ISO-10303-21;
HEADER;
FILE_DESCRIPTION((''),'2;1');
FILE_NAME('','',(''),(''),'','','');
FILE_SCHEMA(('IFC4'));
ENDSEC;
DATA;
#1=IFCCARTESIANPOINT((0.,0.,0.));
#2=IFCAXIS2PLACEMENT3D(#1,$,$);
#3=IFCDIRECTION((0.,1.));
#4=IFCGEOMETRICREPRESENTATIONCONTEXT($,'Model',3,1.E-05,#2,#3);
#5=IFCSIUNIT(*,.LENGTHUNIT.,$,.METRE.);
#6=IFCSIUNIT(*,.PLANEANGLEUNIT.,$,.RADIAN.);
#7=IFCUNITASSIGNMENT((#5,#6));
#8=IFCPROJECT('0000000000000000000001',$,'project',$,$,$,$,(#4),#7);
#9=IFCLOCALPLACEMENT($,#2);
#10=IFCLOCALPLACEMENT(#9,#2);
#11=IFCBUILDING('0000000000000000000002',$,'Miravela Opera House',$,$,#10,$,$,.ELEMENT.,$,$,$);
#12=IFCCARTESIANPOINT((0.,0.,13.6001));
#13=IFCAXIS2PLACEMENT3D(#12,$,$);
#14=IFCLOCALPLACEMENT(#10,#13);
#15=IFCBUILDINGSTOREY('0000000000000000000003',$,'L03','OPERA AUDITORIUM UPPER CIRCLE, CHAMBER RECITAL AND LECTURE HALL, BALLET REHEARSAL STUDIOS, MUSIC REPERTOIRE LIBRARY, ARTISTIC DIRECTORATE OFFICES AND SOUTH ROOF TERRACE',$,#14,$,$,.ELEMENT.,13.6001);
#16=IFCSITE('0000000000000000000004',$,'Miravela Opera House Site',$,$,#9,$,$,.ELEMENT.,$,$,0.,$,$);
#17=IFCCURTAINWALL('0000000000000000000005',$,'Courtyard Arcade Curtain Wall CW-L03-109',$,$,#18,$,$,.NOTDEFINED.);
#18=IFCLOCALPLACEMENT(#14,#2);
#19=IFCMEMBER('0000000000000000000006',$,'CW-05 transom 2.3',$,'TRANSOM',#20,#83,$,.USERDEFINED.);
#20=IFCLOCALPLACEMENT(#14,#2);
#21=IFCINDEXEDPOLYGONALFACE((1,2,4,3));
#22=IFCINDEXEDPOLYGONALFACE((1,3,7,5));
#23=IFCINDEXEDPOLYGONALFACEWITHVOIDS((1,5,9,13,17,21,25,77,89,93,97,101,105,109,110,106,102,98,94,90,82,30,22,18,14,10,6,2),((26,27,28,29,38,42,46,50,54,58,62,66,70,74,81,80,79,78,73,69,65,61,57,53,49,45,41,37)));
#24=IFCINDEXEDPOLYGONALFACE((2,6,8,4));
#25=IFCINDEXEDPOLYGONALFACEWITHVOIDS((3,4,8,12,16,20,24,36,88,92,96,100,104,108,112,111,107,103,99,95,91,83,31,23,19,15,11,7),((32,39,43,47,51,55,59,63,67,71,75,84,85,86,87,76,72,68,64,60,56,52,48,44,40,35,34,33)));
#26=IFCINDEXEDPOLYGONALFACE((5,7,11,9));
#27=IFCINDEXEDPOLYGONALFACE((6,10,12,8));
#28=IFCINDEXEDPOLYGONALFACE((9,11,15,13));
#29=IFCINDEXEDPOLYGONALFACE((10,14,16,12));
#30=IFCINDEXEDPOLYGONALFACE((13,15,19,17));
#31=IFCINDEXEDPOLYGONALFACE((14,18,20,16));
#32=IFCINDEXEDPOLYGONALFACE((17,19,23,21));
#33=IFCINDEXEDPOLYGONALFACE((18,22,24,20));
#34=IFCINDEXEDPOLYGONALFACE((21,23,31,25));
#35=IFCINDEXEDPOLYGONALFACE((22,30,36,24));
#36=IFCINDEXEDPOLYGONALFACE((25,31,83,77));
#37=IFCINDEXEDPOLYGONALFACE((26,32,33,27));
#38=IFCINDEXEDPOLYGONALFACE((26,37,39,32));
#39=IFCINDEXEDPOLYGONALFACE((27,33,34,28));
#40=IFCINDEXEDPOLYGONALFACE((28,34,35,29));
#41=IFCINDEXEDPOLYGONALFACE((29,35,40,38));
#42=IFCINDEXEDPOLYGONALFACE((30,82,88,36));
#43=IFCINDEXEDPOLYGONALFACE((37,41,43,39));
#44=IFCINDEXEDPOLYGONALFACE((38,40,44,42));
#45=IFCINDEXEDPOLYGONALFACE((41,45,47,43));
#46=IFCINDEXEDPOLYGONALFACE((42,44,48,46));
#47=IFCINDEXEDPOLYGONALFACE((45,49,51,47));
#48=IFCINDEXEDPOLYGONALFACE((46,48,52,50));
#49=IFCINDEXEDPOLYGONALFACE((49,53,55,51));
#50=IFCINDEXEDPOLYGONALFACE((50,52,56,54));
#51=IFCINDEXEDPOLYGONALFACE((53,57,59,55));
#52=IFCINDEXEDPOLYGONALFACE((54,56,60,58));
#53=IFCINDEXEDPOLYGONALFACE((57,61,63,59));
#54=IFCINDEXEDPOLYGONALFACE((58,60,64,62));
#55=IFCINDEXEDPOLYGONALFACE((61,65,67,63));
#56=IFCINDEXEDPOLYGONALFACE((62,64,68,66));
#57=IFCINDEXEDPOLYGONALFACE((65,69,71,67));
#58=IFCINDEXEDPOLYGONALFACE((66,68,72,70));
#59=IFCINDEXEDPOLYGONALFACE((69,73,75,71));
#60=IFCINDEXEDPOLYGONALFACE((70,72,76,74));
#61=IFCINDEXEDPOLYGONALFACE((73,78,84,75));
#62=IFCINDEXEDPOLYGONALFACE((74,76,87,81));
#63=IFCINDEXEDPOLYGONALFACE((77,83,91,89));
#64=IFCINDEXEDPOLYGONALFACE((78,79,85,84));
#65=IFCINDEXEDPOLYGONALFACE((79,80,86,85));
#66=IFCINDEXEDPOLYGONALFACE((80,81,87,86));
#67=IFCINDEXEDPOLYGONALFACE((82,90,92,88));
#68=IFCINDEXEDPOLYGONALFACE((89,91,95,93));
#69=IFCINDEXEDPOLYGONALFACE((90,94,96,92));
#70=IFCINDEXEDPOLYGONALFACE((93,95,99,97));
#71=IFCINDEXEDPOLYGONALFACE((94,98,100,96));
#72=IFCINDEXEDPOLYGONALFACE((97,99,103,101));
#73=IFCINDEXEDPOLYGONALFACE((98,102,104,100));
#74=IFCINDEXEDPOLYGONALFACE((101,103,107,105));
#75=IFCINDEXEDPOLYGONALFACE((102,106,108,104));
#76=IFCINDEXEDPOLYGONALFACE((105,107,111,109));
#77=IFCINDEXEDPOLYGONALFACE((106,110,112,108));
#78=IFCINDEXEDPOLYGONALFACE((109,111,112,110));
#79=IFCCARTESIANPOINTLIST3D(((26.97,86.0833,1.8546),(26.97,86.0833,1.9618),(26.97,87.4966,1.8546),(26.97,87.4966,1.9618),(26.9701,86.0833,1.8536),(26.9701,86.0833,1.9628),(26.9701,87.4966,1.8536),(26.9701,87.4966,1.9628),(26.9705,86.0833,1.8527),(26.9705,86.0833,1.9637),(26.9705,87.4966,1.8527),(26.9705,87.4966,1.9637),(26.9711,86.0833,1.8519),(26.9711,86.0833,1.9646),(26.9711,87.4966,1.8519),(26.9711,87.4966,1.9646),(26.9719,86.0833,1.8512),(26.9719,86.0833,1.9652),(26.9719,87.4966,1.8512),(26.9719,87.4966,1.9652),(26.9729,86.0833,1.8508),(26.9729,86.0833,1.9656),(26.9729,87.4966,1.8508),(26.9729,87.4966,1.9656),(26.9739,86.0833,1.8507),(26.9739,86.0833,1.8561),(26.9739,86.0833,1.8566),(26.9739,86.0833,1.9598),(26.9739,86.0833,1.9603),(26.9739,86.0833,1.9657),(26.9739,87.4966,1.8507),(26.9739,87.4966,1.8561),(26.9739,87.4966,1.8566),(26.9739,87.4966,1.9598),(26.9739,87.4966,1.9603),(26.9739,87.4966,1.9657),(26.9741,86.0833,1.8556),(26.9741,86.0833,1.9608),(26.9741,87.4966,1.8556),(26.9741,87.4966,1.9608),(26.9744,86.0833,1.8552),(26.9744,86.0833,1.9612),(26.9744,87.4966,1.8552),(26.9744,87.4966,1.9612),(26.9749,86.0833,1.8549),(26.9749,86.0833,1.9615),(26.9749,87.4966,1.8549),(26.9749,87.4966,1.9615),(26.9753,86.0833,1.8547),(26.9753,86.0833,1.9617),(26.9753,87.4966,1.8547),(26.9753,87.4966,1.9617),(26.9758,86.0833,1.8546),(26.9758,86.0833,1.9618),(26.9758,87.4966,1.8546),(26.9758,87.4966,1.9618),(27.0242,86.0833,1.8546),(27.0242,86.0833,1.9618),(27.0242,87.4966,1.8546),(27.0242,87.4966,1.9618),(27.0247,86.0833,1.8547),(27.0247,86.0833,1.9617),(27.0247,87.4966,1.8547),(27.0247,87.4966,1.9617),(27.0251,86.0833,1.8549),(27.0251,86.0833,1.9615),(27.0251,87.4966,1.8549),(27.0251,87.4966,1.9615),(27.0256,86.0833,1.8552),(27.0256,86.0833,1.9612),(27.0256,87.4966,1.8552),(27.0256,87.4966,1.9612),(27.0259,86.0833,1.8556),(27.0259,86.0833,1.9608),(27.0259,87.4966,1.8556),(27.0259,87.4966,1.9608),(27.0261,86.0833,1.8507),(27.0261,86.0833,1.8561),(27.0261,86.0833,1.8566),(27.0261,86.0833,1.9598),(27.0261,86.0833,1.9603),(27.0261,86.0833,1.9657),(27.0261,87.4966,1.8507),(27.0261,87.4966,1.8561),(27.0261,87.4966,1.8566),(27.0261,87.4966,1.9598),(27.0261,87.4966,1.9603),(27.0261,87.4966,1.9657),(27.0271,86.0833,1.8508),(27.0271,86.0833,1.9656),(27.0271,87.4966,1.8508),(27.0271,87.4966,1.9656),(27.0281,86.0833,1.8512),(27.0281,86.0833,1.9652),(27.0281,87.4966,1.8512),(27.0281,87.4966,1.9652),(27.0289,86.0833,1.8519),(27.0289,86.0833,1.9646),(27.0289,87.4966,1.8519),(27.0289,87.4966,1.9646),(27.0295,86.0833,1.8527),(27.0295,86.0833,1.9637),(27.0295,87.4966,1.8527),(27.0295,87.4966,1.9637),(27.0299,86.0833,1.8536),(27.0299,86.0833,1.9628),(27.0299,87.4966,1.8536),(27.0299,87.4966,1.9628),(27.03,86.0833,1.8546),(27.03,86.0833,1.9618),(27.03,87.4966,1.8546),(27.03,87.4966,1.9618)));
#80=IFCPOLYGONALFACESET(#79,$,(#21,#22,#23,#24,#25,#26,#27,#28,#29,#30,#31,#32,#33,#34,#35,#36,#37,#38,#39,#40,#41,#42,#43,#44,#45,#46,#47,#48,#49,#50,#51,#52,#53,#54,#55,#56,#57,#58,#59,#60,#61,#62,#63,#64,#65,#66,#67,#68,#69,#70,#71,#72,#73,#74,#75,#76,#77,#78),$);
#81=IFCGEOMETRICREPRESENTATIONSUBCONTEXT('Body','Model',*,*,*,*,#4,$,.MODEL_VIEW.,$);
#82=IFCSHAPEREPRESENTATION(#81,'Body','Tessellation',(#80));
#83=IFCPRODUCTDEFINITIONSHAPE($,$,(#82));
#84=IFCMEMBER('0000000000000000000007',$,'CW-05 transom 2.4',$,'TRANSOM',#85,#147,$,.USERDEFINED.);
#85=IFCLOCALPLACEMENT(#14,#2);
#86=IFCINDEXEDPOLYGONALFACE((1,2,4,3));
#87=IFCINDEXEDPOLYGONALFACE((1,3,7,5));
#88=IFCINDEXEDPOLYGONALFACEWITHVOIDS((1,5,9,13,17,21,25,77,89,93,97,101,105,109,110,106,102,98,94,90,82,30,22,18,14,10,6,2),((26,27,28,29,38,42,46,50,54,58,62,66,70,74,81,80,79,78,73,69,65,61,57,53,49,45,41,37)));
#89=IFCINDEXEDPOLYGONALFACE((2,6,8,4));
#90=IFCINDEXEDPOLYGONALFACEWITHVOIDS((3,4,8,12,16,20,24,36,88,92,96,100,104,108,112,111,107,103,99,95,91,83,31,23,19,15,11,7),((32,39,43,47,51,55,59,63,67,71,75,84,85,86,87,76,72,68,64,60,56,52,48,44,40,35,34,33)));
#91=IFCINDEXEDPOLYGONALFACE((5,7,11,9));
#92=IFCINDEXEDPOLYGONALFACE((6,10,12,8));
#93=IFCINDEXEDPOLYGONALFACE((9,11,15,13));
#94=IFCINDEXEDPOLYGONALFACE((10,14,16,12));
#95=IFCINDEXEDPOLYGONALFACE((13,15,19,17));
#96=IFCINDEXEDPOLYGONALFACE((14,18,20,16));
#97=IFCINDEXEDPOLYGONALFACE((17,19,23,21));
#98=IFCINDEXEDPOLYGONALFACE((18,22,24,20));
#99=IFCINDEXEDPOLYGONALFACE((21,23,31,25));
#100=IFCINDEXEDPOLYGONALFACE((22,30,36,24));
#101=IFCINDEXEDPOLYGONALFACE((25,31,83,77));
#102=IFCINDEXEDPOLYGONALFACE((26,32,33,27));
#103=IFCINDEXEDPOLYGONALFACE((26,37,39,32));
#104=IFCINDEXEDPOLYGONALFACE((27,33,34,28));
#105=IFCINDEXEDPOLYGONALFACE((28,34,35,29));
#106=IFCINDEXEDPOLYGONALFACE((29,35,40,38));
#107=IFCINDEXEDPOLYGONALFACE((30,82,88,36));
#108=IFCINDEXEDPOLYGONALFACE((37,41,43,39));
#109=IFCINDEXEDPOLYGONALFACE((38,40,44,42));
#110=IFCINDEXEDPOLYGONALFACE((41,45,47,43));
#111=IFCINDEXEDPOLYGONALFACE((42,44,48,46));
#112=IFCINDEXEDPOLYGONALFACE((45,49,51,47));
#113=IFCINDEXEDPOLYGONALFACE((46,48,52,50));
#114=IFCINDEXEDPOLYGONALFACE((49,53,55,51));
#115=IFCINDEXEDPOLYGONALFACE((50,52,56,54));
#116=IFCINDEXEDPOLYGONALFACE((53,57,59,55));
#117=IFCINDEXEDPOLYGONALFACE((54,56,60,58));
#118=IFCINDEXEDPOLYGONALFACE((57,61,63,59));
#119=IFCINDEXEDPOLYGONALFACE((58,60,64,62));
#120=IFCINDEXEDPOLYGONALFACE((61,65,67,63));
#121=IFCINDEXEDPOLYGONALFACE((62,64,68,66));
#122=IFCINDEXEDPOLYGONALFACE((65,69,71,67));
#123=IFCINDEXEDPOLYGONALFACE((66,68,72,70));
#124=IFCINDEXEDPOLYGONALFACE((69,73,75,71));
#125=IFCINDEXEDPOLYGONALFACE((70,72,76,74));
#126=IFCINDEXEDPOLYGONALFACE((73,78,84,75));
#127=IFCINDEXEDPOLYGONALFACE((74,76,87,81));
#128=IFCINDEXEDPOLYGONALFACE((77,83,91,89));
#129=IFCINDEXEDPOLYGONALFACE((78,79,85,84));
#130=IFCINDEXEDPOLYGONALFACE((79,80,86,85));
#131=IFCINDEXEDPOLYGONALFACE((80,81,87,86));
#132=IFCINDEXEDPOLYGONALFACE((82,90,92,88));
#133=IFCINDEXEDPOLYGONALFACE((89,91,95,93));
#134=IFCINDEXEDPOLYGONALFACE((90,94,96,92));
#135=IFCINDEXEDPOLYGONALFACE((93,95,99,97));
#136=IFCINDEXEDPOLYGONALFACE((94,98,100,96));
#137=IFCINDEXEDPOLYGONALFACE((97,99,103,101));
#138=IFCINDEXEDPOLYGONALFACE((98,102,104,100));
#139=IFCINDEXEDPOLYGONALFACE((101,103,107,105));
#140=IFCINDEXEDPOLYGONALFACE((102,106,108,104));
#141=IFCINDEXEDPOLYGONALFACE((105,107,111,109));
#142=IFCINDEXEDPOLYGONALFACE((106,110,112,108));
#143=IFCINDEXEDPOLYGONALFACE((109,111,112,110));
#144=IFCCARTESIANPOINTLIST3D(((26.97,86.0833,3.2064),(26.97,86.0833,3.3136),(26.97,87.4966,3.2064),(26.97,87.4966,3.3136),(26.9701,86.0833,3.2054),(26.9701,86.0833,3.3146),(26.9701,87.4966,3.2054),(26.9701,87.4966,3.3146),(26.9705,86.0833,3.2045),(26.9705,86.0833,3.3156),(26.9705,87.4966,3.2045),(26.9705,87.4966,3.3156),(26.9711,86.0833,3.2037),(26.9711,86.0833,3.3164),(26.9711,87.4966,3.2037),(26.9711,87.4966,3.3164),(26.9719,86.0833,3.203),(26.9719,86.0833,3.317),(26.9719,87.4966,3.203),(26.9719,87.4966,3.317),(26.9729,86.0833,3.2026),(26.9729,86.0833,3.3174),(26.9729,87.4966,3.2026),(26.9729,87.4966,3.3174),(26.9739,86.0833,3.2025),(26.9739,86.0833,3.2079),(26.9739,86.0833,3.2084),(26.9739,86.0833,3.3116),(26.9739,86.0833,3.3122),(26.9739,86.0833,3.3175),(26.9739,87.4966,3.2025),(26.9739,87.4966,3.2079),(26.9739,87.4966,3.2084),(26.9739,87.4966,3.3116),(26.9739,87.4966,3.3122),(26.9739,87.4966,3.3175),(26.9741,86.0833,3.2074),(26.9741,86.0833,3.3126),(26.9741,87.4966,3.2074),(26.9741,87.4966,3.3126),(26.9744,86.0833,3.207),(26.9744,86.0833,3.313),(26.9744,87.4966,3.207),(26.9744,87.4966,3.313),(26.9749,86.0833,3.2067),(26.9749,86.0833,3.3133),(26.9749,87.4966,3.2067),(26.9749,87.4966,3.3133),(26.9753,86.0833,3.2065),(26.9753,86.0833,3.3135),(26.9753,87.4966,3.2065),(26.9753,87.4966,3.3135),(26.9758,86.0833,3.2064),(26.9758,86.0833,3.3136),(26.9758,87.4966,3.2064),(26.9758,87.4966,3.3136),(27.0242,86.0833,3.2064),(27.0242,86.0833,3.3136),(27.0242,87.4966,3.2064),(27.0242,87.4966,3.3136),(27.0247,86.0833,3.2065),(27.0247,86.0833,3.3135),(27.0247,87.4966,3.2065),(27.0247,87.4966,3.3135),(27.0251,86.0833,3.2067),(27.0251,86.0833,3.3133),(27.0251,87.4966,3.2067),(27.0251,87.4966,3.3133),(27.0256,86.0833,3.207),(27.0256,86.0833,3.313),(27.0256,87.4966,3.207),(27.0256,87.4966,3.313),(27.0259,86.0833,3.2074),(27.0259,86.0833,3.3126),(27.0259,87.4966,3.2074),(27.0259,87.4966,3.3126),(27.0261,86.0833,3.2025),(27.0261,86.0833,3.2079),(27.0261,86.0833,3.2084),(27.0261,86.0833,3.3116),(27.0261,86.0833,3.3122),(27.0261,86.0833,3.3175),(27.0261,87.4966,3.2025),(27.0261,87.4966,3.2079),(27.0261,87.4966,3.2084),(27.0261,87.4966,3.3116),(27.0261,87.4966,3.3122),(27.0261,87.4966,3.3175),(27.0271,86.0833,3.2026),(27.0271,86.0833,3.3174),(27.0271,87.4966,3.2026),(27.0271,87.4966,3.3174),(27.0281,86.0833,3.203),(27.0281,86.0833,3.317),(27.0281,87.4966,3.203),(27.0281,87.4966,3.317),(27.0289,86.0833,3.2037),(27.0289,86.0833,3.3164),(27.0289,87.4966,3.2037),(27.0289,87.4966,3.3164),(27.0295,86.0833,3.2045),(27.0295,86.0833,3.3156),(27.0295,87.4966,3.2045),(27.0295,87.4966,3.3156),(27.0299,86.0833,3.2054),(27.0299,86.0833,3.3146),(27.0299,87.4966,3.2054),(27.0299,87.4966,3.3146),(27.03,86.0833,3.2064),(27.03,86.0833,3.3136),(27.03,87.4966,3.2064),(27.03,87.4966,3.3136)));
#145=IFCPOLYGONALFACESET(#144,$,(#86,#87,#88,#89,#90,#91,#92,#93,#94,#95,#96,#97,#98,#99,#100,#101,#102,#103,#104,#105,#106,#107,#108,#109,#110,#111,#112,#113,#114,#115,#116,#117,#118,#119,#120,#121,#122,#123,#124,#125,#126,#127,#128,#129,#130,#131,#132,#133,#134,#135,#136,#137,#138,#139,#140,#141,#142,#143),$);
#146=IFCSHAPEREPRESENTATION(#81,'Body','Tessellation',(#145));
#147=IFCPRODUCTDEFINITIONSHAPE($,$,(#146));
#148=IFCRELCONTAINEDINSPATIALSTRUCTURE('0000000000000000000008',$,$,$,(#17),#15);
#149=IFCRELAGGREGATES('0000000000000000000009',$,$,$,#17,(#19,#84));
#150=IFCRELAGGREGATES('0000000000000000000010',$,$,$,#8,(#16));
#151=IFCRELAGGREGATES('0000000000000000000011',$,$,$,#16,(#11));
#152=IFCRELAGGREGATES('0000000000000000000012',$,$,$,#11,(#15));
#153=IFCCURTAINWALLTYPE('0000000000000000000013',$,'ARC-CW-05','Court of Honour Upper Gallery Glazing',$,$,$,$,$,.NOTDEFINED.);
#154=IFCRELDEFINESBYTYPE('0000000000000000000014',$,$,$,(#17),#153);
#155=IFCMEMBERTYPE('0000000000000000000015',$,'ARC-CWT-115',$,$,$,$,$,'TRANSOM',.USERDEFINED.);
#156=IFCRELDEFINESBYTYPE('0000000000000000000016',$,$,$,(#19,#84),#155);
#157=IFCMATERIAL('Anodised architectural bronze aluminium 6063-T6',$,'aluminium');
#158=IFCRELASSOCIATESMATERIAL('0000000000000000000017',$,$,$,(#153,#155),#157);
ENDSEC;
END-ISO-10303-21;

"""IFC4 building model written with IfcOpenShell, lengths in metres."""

from ifc_helpers import new_model, si_unit, direction, frame, origin, origin_2d, place, context, subcontext, project, spatial, hollow_rectangle, extrude, material, material_profile, profile_set, type_object, element, aggregate, save


model = new_model("IFC4")

# Units and contexts
model_context = context("Model", 3, precision=1e-05, world=origin(), true_north=direction((0.0, 1.0)))
body_context = subcontext(model_context, "Body", "Model", "MODEL_VIEW")
ifc_project = project(units=[si_unit("LENGTHUNIT", "METRE"), si_unit("PLANEANGLEUNIT", "RADIAN")], contexts=[model_context])

# Site, building, storey
site_placement = place(None, origin())
site = spatial("IfcSite", under=ifc_project, at=site_placement, Name="Miravela Opera House Site", CompositionType="ELEMENT", RefElevation=0.0)
building_placement = place(site_placement, origin())
building = spatial("IfcBuilding", under=site, at=building_placement, Name="Miravela Opera House", CompositionType="ELEMENT")
storey_placement = place(building_placement, frame((0.0, 0.0, 13.6001)))
storey = spatial("IfcBuildingStorey", under=building, at=storey_placement, Name="L03", Description="OPERA AUDITORIUM UPPER CIRCLE, CHAMBER RECITAL AND LECTURE HALL, BALLET REHEARSAL STUDIOS, MUSIC REPERTOIRE LIBRARY, ARTISTIC DIRECTORATE OFFICES AND SOUTH ROOF TERRACE", CompositionType="ELEMENT", Elevation=13.6001)

# Curtain wall, members
ifc_material_1 = material(Name="Anodised architectural bronze aluminium 6063-T6", Category="aluminium")
curtain_wall_type = type_object("IfcCurtainWallType", Name="ARC-CW-05", Description="Court of Honour Upper Gallery Glazing", PredefinedType="NOTDEFINED", material=ifc_material_1)
curtain_wall_placement = place(storey_placement, origin())
curtain_wall = element("IfcCurtainWall", 1, at=curtain_wall_placement, inside=storey, type_object=curtain_wall_type, Name="Courtyard Arcade Curtain Wall CW-L03-109", PredefinedType="NOTDEFINED")
ifc_material_profile_1 = material_profile(ifc_material_1, hollow_rectangle(XDim=0.0601, YDim=0.115, WallThickness=0.0039, InnerFilletRadius=0.002, OuterFilletRadius=0.0039, at=origin_2d()), Name="CWT-60X115")
ifc_profile_set_1 = profile_set([ifc_material_profile_1])
member_type_1 = type_object("IfcMemberType", Name="ARC-CWT-115", ElementType="TRANSOM", PredefinedType="USERDEFINED", material=ifc_profile_set_1)
member_1_placement = place(storey_placement, frame((27.0, 86.0833, 1.9082), z_axis=(0.0, 1.0, 0.0), x_axis=(-1.0, 0.0, 0.0)))
member_1 = element("IfcMember", 2, at=member_1_placement, type_object=member_type_1, Name="CW-05 transom 2.3", ObjectType="TRANSOM", PredefinedType="USERDEFINED", context=body_context, shape_type="SweptSolid", body=[
    extrude(hollow_rectangle(XDim=0.0601, YDim=0.115, WallThickness=0.0039, InnerFilletRadius=0.002, OuterFilletRadius=0.0039, at=origin_2d()), origin(), (0.0, 0.0, 1.0), 1.4133),
])
member_2_placement = place(storey_placement, frame((27.0, 86.0833, 3.26), z_axis=(0.0, 1.0, 0.0), x_axis=(-1.0, 0.0, 0.0)))
member_2 = element("IfcMember", 3, at=member_2_placement, type_object=member_type_1, Name="CW-05 transom 2.4", ObjectType="TRANSOM", PredefinedType="USERDEFINED", context=body_context, shape_type="SweptSolid", body=[
    extrude(hollow_rectangle(XDim=0.0601, YDim=0.115, WallThickness=0.0039, InnerFilletRadius=0.002, OuterFilletRadius=0.0039, at=origin_2d()), origin(), (0.0, 0.0, 1.0), 1.4133),
])

aggregate(curtain_wall, [member_1, member_2])

save(model, "model.ifc")
